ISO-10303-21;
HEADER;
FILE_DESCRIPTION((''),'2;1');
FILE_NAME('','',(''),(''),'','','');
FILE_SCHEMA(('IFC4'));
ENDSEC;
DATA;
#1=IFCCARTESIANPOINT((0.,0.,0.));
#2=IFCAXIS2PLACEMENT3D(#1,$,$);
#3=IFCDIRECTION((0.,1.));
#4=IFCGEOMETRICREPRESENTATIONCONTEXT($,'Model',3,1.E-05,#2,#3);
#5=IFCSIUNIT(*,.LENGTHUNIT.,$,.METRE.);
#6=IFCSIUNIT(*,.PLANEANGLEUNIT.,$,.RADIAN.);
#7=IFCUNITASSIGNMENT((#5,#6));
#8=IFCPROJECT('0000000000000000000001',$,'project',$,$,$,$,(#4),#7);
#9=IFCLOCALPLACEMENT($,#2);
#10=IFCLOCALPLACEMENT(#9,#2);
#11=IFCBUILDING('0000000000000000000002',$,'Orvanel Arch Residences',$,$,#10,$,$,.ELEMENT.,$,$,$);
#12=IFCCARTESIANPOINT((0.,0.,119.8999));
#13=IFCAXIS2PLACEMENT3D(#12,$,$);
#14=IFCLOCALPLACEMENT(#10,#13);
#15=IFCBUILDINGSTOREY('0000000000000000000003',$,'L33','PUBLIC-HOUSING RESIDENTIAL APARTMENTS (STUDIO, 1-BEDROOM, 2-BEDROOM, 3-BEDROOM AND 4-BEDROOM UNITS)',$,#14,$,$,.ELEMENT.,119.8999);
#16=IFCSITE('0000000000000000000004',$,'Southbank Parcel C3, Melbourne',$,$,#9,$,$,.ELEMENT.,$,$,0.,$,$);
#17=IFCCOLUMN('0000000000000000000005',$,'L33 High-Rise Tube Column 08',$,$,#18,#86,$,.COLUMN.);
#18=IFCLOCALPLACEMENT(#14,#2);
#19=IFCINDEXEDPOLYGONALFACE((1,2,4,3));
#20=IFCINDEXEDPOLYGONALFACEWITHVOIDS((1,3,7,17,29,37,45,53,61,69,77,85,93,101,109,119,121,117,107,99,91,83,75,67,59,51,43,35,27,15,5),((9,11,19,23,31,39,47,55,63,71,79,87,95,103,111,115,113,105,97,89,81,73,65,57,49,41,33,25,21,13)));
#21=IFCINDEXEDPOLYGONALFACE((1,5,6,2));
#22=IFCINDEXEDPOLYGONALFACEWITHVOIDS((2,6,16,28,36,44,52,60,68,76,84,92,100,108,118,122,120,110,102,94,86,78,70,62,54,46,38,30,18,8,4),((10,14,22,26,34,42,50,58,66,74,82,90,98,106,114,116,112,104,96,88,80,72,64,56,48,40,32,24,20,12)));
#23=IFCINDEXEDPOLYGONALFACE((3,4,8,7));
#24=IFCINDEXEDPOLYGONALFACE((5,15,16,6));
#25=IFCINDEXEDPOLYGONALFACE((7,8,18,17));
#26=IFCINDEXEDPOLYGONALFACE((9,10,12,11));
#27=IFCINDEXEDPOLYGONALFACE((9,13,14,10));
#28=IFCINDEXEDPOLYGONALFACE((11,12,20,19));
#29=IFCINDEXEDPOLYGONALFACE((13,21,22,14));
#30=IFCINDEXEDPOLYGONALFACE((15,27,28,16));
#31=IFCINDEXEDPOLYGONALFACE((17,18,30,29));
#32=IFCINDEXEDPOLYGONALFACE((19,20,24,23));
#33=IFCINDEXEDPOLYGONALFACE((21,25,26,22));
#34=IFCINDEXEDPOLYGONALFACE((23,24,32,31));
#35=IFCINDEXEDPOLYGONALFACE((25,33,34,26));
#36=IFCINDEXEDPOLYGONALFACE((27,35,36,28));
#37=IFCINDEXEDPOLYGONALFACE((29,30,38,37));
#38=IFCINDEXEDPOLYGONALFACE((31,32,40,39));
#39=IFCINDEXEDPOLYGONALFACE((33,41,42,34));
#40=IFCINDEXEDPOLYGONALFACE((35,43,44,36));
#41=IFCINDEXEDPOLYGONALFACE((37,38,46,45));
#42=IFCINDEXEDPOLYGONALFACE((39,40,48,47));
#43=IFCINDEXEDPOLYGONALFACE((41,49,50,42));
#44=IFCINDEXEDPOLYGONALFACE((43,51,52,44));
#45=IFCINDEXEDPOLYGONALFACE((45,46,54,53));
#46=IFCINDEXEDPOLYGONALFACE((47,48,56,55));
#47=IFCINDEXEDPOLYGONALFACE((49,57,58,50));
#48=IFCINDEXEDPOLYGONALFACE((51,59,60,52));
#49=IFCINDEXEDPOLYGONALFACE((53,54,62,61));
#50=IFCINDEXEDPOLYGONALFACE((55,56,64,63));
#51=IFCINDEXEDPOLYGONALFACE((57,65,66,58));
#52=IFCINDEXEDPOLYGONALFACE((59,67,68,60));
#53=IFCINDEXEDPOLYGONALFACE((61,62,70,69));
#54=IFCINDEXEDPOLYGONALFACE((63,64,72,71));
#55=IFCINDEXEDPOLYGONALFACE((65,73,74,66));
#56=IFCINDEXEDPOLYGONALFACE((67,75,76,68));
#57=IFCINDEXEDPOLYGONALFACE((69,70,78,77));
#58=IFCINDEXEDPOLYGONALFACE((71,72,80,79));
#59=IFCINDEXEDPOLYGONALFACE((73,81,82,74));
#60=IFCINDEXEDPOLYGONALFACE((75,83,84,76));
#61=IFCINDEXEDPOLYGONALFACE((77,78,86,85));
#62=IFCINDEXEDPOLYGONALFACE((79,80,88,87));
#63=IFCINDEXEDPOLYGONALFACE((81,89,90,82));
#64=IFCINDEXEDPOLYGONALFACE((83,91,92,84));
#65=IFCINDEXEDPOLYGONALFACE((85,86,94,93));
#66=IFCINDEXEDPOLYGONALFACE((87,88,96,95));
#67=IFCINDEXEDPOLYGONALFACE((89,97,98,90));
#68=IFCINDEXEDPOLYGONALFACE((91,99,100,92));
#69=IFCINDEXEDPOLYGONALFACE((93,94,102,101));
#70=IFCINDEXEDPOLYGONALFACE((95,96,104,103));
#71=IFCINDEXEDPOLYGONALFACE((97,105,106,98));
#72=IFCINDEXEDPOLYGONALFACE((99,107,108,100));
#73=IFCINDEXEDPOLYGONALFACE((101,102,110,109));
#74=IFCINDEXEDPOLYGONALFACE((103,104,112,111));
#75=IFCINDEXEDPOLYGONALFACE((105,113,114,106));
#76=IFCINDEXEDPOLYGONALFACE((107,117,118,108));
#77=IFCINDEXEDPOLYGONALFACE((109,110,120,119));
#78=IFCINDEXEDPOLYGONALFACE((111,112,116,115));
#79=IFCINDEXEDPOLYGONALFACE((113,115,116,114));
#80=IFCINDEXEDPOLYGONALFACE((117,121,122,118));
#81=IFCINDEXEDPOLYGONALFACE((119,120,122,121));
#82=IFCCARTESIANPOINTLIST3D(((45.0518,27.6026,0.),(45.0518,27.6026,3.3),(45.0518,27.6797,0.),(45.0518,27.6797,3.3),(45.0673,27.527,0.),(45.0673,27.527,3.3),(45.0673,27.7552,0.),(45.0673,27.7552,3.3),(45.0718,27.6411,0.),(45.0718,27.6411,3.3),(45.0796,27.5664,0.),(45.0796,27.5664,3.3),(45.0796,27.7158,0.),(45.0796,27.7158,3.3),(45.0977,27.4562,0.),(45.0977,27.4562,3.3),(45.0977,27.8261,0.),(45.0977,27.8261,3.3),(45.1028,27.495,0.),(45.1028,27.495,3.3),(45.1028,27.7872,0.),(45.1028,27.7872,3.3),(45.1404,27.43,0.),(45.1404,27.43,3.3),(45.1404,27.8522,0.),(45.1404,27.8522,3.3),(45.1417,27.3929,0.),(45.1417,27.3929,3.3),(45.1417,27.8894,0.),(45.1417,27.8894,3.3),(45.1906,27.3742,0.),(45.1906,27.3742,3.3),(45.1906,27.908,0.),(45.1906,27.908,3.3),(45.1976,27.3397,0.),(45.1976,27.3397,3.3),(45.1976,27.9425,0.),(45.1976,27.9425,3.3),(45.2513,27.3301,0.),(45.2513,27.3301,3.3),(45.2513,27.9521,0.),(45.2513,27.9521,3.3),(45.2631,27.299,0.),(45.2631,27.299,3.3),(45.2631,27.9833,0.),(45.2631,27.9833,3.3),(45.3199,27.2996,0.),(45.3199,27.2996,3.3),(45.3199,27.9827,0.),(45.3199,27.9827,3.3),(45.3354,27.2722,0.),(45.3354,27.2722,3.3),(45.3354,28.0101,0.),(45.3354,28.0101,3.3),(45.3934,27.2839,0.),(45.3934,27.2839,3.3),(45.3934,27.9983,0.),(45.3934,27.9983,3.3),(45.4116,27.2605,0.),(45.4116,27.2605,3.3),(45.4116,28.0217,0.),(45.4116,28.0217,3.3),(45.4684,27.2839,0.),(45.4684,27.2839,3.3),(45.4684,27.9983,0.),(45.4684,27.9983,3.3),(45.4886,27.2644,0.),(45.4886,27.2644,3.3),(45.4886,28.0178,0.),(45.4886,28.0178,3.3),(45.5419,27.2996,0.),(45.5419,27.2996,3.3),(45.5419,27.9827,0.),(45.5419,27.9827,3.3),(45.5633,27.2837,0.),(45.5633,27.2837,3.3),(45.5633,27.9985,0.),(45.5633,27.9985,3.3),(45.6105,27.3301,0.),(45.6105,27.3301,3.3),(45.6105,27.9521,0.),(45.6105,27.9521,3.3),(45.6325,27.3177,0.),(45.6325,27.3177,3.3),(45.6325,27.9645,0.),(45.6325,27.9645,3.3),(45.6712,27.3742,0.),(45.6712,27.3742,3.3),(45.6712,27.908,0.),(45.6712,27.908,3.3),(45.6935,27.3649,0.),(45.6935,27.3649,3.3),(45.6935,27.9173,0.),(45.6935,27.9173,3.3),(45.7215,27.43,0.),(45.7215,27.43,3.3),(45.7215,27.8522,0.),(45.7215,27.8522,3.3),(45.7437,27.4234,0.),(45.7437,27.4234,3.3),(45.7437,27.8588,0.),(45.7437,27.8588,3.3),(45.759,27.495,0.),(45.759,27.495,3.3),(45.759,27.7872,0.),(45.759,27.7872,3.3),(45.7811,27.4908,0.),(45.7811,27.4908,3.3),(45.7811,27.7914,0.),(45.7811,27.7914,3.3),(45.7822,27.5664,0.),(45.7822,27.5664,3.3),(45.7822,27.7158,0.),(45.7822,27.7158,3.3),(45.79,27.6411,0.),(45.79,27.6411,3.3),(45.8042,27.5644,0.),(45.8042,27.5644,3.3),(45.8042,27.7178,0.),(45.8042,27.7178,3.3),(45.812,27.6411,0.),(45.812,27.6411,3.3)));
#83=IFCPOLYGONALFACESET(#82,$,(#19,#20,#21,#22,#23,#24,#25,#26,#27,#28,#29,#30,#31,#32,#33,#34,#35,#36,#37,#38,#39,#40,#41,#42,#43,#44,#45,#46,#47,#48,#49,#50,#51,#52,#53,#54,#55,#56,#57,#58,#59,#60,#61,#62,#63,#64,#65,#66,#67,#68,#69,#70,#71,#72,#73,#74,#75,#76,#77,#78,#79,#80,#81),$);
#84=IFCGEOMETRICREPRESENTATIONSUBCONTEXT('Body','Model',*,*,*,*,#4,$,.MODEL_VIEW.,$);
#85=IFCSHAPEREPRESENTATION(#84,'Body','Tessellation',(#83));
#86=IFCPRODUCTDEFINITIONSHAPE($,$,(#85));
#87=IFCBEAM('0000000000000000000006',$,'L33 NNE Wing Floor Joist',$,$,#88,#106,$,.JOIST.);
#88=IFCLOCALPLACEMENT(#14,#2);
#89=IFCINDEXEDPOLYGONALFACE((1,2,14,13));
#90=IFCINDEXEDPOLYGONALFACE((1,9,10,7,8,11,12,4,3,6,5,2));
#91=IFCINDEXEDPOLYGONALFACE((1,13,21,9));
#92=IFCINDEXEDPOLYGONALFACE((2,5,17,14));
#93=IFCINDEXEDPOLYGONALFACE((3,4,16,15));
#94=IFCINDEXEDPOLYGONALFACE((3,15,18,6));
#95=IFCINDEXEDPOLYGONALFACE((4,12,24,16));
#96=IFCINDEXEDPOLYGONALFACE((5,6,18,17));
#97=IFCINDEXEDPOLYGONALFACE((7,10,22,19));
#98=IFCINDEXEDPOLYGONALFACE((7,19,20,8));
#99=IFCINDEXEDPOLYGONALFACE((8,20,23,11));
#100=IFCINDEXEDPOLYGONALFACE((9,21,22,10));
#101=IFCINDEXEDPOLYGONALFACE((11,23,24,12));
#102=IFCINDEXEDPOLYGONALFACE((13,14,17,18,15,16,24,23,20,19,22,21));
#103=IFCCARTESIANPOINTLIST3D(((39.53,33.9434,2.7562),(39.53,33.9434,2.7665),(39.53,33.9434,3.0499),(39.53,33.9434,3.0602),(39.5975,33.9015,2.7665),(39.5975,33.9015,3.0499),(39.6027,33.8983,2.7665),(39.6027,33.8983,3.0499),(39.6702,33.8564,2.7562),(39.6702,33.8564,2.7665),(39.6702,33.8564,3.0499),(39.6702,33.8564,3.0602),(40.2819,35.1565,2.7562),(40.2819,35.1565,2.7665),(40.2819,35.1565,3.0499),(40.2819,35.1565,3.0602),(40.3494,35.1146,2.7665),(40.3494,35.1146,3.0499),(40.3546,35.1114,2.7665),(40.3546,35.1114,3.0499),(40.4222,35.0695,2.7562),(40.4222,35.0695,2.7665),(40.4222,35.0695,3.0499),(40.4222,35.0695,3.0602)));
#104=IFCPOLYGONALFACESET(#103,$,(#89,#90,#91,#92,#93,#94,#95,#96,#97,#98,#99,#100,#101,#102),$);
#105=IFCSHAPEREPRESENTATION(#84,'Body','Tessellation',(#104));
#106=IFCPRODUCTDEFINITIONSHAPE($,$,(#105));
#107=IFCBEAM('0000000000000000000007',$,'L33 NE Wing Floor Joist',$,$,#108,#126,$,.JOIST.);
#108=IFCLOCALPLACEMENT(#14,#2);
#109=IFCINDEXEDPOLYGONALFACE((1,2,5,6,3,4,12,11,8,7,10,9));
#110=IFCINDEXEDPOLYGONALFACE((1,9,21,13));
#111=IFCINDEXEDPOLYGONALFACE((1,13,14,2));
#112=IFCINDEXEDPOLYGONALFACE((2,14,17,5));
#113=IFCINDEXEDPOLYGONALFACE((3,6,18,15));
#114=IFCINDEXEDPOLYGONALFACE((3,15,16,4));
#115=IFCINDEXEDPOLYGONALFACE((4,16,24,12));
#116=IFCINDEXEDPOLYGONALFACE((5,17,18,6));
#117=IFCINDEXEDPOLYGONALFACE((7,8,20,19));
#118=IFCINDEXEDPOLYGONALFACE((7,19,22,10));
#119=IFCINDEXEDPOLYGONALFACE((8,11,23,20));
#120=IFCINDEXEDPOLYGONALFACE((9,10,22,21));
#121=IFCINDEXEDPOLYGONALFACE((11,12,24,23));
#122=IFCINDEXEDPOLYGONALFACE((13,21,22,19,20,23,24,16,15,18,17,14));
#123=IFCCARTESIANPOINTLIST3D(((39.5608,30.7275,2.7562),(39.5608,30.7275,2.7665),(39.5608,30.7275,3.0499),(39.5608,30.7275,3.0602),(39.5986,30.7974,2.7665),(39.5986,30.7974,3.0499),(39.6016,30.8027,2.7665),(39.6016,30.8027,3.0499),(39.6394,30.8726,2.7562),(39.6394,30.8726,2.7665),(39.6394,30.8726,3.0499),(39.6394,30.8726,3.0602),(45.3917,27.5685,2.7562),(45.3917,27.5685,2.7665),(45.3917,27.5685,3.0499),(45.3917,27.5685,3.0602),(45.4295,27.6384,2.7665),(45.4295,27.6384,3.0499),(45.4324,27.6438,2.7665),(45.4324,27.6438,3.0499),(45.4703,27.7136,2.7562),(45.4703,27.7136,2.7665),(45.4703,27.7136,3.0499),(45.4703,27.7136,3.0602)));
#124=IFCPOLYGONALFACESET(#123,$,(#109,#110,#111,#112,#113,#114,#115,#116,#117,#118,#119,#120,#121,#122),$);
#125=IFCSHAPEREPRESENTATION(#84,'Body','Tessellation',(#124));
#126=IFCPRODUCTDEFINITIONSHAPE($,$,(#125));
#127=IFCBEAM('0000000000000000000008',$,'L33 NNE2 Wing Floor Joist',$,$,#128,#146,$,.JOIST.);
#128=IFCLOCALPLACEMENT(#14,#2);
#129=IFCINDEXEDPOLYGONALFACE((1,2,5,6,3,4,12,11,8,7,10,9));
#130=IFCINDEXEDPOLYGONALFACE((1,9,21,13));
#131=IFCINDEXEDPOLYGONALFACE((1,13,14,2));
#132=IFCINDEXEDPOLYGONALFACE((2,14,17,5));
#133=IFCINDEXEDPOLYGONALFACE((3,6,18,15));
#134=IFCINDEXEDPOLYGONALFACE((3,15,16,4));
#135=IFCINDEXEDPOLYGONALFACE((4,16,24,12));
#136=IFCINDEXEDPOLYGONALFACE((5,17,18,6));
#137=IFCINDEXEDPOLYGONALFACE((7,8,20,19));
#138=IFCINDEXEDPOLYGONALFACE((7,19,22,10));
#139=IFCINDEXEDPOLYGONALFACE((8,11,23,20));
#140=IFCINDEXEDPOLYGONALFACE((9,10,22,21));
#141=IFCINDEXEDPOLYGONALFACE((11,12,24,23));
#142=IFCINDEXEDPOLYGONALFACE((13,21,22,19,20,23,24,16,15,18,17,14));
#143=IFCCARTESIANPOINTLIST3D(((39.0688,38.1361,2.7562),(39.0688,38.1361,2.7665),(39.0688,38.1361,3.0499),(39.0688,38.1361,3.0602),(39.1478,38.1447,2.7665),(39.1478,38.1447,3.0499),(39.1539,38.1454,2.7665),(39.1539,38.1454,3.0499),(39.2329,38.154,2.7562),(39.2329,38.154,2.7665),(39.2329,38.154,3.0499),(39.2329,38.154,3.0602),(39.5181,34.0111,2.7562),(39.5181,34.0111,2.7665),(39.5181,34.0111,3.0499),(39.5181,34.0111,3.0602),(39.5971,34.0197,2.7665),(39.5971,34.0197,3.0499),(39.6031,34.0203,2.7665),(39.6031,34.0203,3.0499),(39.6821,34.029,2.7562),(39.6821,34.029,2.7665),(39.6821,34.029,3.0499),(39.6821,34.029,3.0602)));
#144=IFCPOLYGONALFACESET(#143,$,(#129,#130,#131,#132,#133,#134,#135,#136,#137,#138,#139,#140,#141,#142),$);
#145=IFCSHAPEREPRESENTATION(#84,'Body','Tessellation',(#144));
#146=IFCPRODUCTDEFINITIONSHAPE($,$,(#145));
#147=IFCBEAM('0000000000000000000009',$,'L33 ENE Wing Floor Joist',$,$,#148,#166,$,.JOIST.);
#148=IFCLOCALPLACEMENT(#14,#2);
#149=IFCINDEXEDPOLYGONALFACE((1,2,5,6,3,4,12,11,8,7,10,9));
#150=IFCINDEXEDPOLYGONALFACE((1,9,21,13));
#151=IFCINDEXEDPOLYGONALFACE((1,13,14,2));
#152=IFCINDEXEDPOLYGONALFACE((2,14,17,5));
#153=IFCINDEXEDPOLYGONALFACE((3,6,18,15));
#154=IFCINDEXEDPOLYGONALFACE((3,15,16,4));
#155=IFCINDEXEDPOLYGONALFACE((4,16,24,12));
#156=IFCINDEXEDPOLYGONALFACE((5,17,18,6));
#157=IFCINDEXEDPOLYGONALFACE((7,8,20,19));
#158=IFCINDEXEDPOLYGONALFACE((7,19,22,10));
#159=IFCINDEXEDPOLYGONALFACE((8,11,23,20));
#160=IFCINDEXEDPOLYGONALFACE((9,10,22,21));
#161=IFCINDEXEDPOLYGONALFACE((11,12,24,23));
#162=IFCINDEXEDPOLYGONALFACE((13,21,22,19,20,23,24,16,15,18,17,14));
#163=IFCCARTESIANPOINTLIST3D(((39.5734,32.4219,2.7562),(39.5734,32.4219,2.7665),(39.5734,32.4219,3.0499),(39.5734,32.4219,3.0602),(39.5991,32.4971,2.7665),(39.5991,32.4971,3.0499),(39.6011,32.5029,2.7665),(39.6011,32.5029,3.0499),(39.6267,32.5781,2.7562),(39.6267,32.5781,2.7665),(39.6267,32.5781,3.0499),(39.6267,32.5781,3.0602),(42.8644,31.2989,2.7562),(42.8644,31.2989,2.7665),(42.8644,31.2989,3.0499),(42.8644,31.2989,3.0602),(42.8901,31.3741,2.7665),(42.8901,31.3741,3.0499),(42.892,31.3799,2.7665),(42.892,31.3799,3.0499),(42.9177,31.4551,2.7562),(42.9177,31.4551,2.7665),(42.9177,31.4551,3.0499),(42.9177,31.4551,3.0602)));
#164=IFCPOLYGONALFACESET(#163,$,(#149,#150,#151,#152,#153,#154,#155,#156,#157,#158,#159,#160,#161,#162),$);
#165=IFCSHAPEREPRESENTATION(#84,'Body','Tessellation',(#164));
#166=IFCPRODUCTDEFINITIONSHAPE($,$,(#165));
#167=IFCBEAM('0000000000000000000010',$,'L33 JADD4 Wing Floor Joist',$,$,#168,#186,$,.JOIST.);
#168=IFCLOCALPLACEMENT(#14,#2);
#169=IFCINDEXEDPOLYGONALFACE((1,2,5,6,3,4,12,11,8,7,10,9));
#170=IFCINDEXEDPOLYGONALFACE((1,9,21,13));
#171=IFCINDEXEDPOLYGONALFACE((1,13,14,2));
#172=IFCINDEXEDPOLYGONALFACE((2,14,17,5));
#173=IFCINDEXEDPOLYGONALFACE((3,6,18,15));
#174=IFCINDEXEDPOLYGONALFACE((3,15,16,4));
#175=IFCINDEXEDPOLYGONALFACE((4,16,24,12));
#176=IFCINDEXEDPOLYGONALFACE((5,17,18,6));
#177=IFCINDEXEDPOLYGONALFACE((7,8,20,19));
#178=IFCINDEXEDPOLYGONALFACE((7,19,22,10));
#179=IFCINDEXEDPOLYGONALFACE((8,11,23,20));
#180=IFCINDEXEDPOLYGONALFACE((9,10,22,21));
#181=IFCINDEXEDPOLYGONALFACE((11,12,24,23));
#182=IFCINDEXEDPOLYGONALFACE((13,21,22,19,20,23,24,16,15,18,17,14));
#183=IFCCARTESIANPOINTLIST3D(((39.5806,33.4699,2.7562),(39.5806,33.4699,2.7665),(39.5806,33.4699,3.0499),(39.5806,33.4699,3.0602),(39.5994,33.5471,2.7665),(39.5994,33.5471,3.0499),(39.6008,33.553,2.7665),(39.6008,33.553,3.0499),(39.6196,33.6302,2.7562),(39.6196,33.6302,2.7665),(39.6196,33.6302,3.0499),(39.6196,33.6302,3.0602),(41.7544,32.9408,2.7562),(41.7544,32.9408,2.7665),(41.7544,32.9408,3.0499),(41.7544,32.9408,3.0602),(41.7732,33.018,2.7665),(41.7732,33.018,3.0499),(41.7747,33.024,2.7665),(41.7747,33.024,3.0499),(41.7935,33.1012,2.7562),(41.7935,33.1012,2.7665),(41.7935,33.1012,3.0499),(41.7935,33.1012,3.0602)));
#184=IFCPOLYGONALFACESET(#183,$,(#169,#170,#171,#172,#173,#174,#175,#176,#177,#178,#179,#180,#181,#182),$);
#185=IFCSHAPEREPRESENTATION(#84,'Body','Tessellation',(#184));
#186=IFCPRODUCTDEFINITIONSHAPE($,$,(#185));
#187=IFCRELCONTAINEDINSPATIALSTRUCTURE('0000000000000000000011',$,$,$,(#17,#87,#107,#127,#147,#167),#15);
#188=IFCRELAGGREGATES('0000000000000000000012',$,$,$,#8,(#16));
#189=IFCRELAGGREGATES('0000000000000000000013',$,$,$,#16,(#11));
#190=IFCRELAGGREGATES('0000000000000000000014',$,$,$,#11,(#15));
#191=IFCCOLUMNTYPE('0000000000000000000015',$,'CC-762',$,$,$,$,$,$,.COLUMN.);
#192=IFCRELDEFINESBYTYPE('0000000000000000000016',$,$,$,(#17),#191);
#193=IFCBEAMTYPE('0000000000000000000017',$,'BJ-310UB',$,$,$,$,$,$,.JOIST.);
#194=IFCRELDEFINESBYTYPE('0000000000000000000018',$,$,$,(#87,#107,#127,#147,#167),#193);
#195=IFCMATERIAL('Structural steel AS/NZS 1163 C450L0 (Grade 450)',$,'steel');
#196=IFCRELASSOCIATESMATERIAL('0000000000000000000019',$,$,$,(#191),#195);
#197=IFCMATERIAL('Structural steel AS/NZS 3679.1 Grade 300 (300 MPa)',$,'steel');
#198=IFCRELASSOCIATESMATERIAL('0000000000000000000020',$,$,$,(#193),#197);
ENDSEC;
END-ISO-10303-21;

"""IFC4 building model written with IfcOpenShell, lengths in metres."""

from ifc_helpers import new_model, si_unit, direction, frame, origin, origin_2d, place, context, subcontext, project, spatial, hollow_circle, i_section, extrude, material, material_profile, profile_set, type_object, element, save


model = new_model("IFC4")

# Units and contexts
model_context = context("Model", 3, precision=1e-05, world=origin(), true_north=direction((0.0, 1.0)))
body_context = subcontext(model_context, "Body", "Model", "MODEL_VIEW")
ifc_project = project(units=[si_unit("LENGTHUNIT", "METRE"), si_unit("PLANEANGLEUNIT", "RADIAN")], contexts=[model_context])

# Site, building, storey
site_placement = place(None, origin())
site = spatial("IfcSite", under=ifc_project, at=site_placement, Name="Southbank Parcel C3, Melbourne", CompositionType="ELEMENT", RefElevation=0.0)
building_placement = place(site_placement, origin())
building = spatial("IfcBuilding", under=site, at=building_placement, Name="Orvanel Arch Residences", CompositionType="ELEMENT")
storey_placement = place(building_placement, frame((0.0, 0.0, 119.8999)))
storey = spatial("IfcBuildingStorey", under=building, at=storey_placement, Name="L33", Description="PUBLIC-HOUSING RESIDENTIAL APARTMENTS (STUDIO, 1-BEDROOM, 2-BEDROOM, 3-BEDROOM AND 4-BEDROOM UNITS)", CompositionType="ELEMENT", Elevation=119.8999)

# Column
ifc_material_1 = material(Name="Structural steel AS/NZS 1163 C450L0 (Grade 450)", Category="steel")
ifc_material_profile_1 = material_profile(ifc_material_1, hollow_circle(Radius=0.3811, WallThickness=0.022, at=origin_2d()), Name="CHS762x22")
ifc_profile_set_1 = profile_set([ifc_material_profile_1], Name="Structural steel AS/NZS 1163 C450L0 (Grade 450)")
column_type = type_object("IfcColumnType", Name="CC-762", PredefinedType="COLUMN", material=ifc_profile_set_1)
column_placement = place(storey_placement, frame((45.4309, 27.6411, 0.0), z_axis=(0.0, 0.0, 1.0), x_axis=(1.0, 0.0, 0.0)))
element("IfcColumn", 1, at=column_placement, inside=storey, type_object=column_type, Name="L33 High-Rise Tube Column 08", PredefinedType="COLUMN", context=body_context, shape_type="SweptSolid", body=[
    extrude(hollow_circle(Radius=0.3811, WallThickness=0.022, at=origin_2d()), origin(), (0.0, 0.0, 1.0), 3.3),
])

# Beams
ifc_material_2 = material(Name="Structural steel AS/NZS 3679.1 Grade 300 (300 MPa)", Category="steel")
ifc_material_profile_2 = material_profile(ifc_material_2, i_section(OverallWidth=0.165, OverallDepth=0.304, WebThickness=0.0061, FlangeThickness=0.0103, at=origin_2d()), Name="310UB40.4")
ifc_profile_set_2 = profile_set([ifc_material_profile_2], Name="Structural steel AS/NZS 3679.1 Grade 300 (300 MPa)")
beam_type_1 = type_object("IfcBeamType", Name="BJ-310UB", PredefinedType="JOIST", material=ifc_profile_set_2)
beam_1_placement = place(storey_placement, frame((39.6001, 33.8999, 2.9082), z_axis=(0.526843, 0.849962, 0.0), x_axis=(-0.849962, 0.526843, 0.0)))
element("IfcBeam", 2, at=beam_1_placement, inside=storey, type_object=beam_type_1, Name="L33 NNE Wing Floor Joist", PredefinedType="JOIST", context=body_context, shape_type="SweptSolid", body=[
    extrude(i_section(OverallWidth=0.165, OverallDepth=0.304, WebThickness=0.0061, FlangeThickness=0.0103, at=origin_2d()), origin(), (0.0, 0.0, 1.0), 1.4272),
])
beam_2_placement = place(storey_placement, frame((39.6001, 30.8, 2.9082), z_axis=(0.879255, -0.476351, 0.0), x_axis=(0.476351, 0.879255, 0.0)))
element("IfcBeam", 3, at=beam_2_placement, inside=storey, type_object=beam_type_1, Name="L33 NE Wing Floor Joist", PredefinedType="JOIST", context=body_context, shape_type="SweptSolid", body=[
    extrude(i_section(OverallWidth=0.165, OverallDepth=0.304, WebThickness=0.0061, FlangeThickness=0.0103, at=origin_2d()), origin(), (0.0, 0.0, 1.0), 6.6316),
])
beam_3_placement = place(storey_placement, frame((39.6001, 34.02, 2.9082), z_axis=(-0.108261, 0.994122, 0.0), x_axis=(-0.994122, -0.108261, 0.0)))
element("IfcBeam", 4, at=beam_3_placement, inside=storey, type_object=beam_type_1, Name="L33 NNE2 Wing Floor Joist", PredefinedType="JOIST", context=body_context, shape_type="SweptSolid", body=[
    extrude(i_section(OverallWidth=0.165, OverallDepth=0.304, WebThickness=0.0061, FlangeThickness=0.0103, at=origin_2d()), origin(), (0.0, 0.0, 1.0), 4.1494),
])
beam_4_placement = place(storey_placement, frame((39.6001, 32.5, 2.9082), z_axis=(0.946413, -0.32296, 0.0), x_axis=(0.32296, 0.946413, 0.0)))
element("IfcBeam", 5, at=beam_4_placement, inside=storey, type_object=beam_type_1, Name="L33 ENE Wing Floor Joist", PredefinedType="JOIST", context=body_context, shape_type="SweptSolid", body=[
    extrude(i_section(OverallWidth=0.165, OverallDepth=0.304, WebThickness=0.0061, FlangeThickness=0.0103, at=origin_2d()), origin(), (0.0, 0.0, 1.0), 3.4773),
])
beam_5_placement = place(storey_placement, frame((39.6001, 33.55, 2.9082), z_axis=(0.971638, -0.236471, 0.0), x_axis=(0.236471, 0.971638, 0.0)))
element("IfcBeam", 6, at=beam_5_placement, inside=storey, type_object=beam_type_1, Name="L33 JADD4 Wing Floor Joist", PredefinedType="JOIST", context=body_context, shape_type="SweptSolid", body=[
    extrude(i_section(OverallWidth=0.165, OverallDepth=0.304, WebThickness=0.0061, FlangeThickness=0.0103, at=origin_2d()), origin(), (0.0, 0.0, 1.0), 2.2373),
])

save(model, "model.ifc")
